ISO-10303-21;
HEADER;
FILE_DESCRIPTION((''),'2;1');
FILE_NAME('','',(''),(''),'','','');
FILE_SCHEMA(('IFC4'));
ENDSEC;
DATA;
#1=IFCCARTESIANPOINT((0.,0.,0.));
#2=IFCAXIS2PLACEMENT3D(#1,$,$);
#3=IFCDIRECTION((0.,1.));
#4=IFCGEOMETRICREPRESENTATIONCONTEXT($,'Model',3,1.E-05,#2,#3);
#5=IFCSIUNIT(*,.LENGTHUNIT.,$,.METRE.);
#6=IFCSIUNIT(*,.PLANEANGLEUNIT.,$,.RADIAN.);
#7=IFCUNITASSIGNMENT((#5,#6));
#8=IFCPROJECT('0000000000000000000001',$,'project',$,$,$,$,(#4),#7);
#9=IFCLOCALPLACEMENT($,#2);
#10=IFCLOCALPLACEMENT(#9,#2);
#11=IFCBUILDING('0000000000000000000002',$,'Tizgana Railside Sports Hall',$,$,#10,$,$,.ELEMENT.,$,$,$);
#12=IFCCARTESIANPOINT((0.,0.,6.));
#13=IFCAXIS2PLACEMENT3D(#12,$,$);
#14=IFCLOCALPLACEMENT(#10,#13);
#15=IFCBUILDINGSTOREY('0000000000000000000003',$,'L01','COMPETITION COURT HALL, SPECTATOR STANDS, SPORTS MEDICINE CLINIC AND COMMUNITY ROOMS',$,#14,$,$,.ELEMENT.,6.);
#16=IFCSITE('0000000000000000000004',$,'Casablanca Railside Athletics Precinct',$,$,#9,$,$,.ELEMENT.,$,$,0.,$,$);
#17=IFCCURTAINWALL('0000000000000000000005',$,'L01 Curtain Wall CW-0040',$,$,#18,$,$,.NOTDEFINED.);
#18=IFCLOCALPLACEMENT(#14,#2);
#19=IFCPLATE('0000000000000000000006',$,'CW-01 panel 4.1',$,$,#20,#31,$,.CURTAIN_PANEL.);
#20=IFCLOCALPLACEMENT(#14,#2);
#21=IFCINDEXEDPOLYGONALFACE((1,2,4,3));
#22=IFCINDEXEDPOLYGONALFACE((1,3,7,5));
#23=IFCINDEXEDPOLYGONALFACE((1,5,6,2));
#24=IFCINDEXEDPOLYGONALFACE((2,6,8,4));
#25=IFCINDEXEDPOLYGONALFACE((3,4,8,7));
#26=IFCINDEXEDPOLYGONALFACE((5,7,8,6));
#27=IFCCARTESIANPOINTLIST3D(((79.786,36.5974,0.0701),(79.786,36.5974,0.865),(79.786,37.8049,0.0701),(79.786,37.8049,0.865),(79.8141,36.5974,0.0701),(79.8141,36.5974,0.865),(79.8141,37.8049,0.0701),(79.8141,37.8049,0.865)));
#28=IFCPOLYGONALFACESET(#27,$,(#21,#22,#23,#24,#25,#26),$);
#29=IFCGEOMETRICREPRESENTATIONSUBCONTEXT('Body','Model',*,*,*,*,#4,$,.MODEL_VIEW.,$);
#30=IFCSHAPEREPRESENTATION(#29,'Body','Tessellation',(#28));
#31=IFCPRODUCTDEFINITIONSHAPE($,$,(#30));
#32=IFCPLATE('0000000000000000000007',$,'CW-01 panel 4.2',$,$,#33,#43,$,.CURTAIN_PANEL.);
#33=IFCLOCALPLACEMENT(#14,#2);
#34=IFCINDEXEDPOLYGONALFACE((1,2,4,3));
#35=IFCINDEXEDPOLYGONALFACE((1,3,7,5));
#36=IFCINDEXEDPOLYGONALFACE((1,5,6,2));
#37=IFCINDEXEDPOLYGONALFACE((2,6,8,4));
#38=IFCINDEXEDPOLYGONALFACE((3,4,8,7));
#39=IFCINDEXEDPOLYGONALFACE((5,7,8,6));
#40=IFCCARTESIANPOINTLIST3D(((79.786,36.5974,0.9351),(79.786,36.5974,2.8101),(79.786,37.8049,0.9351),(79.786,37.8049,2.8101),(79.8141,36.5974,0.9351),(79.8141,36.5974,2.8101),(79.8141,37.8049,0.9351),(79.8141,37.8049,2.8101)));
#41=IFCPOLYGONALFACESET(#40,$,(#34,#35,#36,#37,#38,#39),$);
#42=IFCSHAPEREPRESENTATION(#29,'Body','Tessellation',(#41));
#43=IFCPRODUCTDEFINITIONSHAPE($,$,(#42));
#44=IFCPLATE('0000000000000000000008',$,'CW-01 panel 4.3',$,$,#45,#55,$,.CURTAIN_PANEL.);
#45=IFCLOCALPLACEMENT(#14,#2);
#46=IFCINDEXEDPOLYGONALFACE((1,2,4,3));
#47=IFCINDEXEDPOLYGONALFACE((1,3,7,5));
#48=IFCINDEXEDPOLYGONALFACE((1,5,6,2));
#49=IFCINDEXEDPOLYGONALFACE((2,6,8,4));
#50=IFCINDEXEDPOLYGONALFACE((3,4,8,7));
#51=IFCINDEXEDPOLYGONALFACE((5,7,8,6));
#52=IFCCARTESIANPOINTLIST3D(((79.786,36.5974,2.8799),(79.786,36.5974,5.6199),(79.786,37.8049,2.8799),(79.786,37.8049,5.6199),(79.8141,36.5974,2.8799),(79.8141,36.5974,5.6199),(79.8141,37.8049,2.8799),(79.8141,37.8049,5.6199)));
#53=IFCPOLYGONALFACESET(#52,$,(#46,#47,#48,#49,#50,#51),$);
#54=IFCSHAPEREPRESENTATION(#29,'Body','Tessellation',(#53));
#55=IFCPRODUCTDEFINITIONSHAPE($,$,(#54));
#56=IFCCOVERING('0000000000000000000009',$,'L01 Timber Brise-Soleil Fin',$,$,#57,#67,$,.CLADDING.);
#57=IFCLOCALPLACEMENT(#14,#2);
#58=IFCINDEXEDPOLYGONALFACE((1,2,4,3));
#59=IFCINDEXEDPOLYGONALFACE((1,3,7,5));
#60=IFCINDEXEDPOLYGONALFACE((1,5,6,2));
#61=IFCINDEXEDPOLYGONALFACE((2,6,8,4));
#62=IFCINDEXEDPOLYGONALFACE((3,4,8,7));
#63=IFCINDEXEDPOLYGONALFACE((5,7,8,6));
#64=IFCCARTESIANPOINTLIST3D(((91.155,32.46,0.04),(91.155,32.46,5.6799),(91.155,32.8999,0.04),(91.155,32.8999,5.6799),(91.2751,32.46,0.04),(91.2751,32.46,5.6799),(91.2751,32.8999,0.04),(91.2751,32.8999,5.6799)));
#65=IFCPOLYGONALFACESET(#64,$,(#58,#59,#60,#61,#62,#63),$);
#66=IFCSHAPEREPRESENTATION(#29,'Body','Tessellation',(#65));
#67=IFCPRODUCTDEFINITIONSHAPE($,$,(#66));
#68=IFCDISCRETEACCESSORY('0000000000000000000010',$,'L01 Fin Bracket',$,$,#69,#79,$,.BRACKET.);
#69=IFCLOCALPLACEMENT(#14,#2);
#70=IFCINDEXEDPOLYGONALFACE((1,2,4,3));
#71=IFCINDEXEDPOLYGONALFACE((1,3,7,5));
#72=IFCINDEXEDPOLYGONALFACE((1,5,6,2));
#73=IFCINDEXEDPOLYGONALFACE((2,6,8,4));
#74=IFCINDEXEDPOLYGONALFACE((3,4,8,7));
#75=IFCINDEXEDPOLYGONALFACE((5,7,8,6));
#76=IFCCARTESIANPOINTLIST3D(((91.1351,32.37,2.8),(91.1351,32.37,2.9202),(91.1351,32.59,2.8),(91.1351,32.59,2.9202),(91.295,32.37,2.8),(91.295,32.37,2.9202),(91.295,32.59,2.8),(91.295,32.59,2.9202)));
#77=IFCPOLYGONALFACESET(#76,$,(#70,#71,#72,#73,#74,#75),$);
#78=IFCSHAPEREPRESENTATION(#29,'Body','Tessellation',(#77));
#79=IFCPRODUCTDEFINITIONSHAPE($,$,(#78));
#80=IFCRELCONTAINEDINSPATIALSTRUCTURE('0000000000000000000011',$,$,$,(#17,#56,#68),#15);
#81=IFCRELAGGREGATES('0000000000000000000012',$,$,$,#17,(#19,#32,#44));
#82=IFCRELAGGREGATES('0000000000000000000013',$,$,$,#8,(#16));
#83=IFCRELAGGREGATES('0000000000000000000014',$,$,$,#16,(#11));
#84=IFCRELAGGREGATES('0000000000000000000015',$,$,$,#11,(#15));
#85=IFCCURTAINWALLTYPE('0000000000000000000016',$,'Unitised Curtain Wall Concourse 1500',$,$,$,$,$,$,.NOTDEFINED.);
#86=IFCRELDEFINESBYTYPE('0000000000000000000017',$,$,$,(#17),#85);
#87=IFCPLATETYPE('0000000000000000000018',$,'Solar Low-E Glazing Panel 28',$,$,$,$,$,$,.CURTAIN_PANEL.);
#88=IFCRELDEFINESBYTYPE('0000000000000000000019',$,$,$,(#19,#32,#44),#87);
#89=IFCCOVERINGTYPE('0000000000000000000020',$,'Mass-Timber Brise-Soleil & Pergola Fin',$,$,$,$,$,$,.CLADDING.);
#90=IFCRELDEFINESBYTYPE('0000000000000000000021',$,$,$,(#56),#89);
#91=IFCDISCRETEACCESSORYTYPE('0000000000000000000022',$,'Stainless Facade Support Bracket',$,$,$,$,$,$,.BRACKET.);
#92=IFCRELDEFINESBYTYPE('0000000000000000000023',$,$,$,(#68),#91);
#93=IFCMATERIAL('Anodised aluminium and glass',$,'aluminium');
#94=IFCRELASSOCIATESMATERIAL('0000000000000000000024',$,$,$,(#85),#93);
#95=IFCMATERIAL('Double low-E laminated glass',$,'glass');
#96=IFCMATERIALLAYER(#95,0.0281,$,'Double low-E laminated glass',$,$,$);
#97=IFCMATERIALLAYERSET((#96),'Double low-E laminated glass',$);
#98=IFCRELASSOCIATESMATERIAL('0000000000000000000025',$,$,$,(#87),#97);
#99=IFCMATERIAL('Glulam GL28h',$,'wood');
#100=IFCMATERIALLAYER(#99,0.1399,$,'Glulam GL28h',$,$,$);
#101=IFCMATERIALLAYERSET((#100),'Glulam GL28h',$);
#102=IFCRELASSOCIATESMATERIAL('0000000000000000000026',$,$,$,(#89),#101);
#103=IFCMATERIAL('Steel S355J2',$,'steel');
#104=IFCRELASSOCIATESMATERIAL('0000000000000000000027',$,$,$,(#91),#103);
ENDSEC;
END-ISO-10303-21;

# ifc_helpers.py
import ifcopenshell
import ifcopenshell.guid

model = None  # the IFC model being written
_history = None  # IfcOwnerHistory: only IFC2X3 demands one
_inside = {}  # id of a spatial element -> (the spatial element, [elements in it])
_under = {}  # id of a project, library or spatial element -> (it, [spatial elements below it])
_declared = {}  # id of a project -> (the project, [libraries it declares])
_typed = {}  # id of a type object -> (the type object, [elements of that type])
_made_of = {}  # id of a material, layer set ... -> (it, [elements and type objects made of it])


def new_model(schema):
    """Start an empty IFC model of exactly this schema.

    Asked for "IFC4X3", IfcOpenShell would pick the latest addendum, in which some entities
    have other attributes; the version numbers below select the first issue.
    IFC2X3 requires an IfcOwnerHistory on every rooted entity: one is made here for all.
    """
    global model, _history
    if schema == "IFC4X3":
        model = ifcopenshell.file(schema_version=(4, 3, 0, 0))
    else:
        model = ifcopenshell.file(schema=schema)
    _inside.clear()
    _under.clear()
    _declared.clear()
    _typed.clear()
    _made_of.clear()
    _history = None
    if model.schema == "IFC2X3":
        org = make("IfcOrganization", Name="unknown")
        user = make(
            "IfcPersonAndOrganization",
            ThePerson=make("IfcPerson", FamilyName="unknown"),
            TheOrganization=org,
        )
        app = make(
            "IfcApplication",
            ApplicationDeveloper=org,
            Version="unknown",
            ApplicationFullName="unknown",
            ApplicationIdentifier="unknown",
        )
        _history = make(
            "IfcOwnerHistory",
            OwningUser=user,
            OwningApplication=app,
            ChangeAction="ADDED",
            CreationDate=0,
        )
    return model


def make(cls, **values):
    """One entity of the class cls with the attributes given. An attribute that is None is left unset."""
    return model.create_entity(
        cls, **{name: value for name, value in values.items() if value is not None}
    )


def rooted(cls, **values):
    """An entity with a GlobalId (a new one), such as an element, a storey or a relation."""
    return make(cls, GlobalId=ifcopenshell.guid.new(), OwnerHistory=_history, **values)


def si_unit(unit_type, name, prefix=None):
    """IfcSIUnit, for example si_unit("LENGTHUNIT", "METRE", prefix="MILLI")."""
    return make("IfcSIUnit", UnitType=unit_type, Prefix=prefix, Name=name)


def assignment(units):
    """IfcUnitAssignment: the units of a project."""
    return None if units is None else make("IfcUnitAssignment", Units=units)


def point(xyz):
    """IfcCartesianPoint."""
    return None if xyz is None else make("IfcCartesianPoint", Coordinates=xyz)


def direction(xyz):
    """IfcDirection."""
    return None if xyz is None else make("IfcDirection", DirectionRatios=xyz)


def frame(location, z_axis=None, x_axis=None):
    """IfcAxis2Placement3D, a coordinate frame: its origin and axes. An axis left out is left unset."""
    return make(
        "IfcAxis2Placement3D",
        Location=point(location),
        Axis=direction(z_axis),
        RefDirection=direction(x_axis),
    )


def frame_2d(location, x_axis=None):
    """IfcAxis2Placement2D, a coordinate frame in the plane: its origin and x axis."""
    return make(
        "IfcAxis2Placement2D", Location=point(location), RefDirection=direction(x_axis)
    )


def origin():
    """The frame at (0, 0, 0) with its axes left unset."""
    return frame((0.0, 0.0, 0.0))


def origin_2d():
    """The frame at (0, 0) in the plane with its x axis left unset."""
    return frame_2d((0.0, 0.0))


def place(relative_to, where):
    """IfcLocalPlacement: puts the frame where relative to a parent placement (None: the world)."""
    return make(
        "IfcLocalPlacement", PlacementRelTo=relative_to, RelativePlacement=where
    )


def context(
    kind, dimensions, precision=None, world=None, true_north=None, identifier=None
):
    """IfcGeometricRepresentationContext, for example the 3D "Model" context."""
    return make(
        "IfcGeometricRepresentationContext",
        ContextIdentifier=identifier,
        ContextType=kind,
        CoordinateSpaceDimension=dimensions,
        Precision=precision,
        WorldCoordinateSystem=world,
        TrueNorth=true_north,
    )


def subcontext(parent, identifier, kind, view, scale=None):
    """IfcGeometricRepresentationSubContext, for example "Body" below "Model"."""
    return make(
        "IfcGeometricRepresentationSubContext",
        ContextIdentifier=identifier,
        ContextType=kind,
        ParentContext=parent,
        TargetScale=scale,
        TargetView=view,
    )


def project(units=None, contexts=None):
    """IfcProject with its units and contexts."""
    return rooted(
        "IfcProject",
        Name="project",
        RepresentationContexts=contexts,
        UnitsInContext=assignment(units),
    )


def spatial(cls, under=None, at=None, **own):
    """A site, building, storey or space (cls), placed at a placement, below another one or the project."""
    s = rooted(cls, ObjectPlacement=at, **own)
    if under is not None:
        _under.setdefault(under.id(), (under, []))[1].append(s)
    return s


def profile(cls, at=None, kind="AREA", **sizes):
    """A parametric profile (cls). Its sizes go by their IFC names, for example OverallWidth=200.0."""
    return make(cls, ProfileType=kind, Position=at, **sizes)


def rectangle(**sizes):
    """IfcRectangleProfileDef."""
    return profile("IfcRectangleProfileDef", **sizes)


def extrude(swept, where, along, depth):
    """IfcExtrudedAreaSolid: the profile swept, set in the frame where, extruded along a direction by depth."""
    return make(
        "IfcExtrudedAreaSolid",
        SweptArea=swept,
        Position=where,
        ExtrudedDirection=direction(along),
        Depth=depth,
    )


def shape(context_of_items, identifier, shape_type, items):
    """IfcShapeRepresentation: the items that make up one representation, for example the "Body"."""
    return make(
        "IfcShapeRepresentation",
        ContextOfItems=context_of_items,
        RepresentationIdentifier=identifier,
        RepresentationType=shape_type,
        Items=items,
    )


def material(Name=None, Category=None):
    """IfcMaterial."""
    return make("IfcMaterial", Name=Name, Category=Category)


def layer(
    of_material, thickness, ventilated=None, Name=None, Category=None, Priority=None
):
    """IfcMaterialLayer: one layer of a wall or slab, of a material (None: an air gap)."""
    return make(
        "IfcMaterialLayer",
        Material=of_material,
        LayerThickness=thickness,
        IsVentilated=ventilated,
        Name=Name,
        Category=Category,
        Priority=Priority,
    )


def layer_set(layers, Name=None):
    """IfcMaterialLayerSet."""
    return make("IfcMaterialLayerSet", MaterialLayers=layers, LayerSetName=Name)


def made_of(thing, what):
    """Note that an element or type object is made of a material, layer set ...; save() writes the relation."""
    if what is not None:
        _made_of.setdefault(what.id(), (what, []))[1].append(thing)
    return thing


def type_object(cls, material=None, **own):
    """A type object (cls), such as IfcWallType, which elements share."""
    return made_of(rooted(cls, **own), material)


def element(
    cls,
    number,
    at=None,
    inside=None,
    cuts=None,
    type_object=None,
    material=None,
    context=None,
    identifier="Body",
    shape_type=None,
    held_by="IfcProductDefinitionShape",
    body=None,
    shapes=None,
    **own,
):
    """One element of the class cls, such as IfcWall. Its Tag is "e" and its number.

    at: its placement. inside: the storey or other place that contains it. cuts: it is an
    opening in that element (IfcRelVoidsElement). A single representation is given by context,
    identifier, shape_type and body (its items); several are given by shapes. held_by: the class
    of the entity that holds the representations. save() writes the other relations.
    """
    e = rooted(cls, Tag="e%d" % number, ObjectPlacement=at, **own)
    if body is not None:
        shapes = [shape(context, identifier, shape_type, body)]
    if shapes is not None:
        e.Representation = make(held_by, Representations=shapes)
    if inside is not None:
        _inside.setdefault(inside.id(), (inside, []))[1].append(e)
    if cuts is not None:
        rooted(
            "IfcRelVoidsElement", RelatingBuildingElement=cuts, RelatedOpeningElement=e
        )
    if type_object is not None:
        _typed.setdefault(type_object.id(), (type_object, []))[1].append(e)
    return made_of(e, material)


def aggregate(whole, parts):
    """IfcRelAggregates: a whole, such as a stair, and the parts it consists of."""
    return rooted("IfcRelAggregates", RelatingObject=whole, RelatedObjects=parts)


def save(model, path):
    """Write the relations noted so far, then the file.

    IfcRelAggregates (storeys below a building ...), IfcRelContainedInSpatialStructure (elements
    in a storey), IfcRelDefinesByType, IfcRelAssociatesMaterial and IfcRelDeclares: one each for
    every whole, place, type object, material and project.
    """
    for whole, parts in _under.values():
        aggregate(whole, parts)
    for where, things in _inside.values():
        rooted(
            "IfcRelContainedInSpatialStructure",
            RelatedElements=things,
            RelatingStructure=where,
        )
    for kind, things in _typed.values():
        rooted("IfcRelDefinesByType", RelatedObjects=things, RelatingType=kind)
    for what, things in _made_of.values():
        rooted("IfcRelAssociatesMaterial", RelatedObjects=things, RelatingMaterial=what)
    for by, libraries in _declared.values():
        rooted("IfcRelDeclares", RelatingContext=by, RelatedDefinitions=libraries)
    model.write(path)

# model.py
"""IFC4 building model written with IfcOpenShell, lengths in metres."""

from ifc_helpers import new_model, si_unit, direction, frame, origin, origin_2d, place, context, subcontext, project, spatial, rectangle, extrude, material, layer, layer_set, type_object, element, aggregate, save


model = new_model("IFC4")

# Units and contexts
model_context = context("Model", 3, precision=1e-05, world=origin(), true_north=direction((0.0, 1.0)))
body_context = subcontext(model_context, "Body", "Model", "MODEL_VIEW")
ifc_project = project(units=[si_unit("LENGTHUNIT", "METRE"), si_unit("PLANEANGLEUNIT", "RADIAN")], contexts=[model_context])

# Site, building, storey
site_placement = place(None, origin())
site = spatial("IfcSite", under=ifc_project, at=site_placement, Name="Casablanca Railside Athletics Precinct", CompositionType="ELEMENT", RefElevation=0.0)
building_placement = place(site_placement, origin())
building = spatial("IfcBuilding", under=site, at=building_placement, Name="Tizgana Railside Sports Hall", CompositionType="ELEMENT")
storey_placement = place(building_placement, frame((0.0, 0.0, 6.0)))
storey = spatial("IfcBuildingStorey", under=building, at=storey_placement, Name="L01", Description="COMPETITION COURT HALL, SPECTATOR STANDS, SPORTS MEDICINE CLINIC AND COMMUNITY ROOMS", CompositionType="ELEMENT", Elevation=6.0)

# Curtain wall, plates
ifc_material_1 = material(Name="Anodised aluminium and glass", Category="aluminium")
curtain_wall_type = type_object("IfcCurtainWallType", Name="Unitised Curtain Wall Concourse 1500", PredefinedType="NOTDEFINED", material=ifc_material_1)
curtain_wall_placement = place(storey_placement, origin())
curtain_wall = element("IfcCurtainWall", 1, at=curtain_wall_placement, inside=storey, type_object=curtain_wall_type, Name="L01 Curtain Wall CW-0040", PredefinedType="NOTDEFINED")
ifc_material_2 = material(Name="Double low-E laminated glass", Category="glass")
ifc_layer_1 = layer(ifc_material_2, 0.0281, Name="Double low-E laminated glass")
ifc_layer_set_1 = layer_set([ifc_layer_1], Name="Double low-E laminated glass")
plate_type = type_object("IfcPlateType", Name="Solar Low-E Glazing Panel 28", PredefinedType="CURTAIN_PANEL", material=ifc_layer_set_1)
plate_1_placement = place(storey_placement, frame((79.8, 37.2012, 0.0701), z_axis=(0.0, 0.0, 1.0), x_axis=(0.0, 1.0, 0.0)))
plate_1 = element("IfcPlate", 2, at=plate_1_placement, type_object=plate_type, Name="CW-01 panel 4.1", PredefinedType="CURTAIN_PANEL", context=body_context, shape_type="SweptSolid", body=[
    extrude(rectangle(XDim=1.2075, YDim=0.0281, at=origin_2d()), origin(), (0.0, 0.0, 1.0), 0.7949),
])
plate_2_placement = place(storey_placement, frame((79.8, 37.2012, 0.9351), z_axis=(0.0, 0.0, 1.0), x_axis=(0.0, 1.0, 0.0)))
plate_2 = element("IfcPlate", 3, at=plate_2_placement, type_object=plate_type, Name="CW-01 panel 4.2", PredefinedType="CURTAIN_PANEL", context=body_context, shape_type="SweptSolid", body=[
    extrude(rectangle(XDim=1.2075, YDim=0.0281, at=origin_2d()), origin(), (0.0, 0.0, 1.0), 1.875),
])
plate_3_placement = place(storey_placement, frame((79.8, 37.2012, 2.8799), z_axis=(0.0, 0.0, 1.0), x_axis=(0.0, 1.0, 0.0)))
plate_3 = element("IfcPlate", 4, at=plate_3_placement, type_object=plate_type, Name="CW-01 panel 4.3", PredefinedType="CURTAIN_PANEL", context=body_context, shape_type="SweptSolid", body=[
    extrude(rectangle(XDim=1.2075, YDim=0.0281, at=origin_2d()), origin(), (0.0, 0.0, 1.0), 2.74),
])
aggregate(curtain_wall, [plate_1, plate_2, plate_3])

# Covering
ifc_material_3 = material(Name="Glulam GL28h", Category="wood")
ifc_layer_2 = layer(ifc_material_3, 0.1399, Name="Glulam GL28h")
ifc_layer_set_2 = layer_set([ifc_layer_2], Name="Glulam GL28h")
covering_type = type_object("IfcCoveringType", Name="Mass-Timber Brise-Soleil & Pergola Fin", PredefinedType="CLADDING", material=ifc_layer_set_2)
covering_placement = place(storey_placement, frame((91.2151, 32.6799, 0.04), z_axis=(0.0, 0.0, 1.0), x_axis=(1.0, 0.0, 0.0)))
element("IfcCovering", 5, at=covering_placement, inside=storey, type_object=covering_type, Name="L01 Timber Brise-Soleil Fin", PredefinedType="CLADDING", context=body_context, shape_type="SweptSolid", body=[
    extrude(rectangle(XDim=0.1201, YDim=0.4399, at=origin_2d()), origin(), (0.0, 0.0, 1.0), 5.6399),
])

# Discrete accessory
ifc_material_4 = material(Name="Steel S355J2", Category="steel")
discrete_accessory_type = type_object("IfcDiscreteAccessoryType", Name="Stainless Facade Support Bracket", PredefinedType="BRACKET", material=ifc_material_4)
discrete_accessory_placement = place(storey_placement, frame((91.2151, 32.48, 2.8), z_axis=(0.0, 0.0, 1.0), x_axis=(1.0, 0.0, 0.0)))
element("IfcDiscreteAccessory", 6, at=discrete_accessory_placement, inside=storey, type_object=discrete_accessory_type, Name="L01 Fin Bracket", PredefinedType="BRACKET", context=body_context, shape_type="SweptSolid", body=[
    extrude(rectangle(XDim=0.1599, YDim=0.22, at=origin_2d()), origin(), (0.0, 0.0, 1.0), 0.1201),
])

save(model, "model.ifc")
